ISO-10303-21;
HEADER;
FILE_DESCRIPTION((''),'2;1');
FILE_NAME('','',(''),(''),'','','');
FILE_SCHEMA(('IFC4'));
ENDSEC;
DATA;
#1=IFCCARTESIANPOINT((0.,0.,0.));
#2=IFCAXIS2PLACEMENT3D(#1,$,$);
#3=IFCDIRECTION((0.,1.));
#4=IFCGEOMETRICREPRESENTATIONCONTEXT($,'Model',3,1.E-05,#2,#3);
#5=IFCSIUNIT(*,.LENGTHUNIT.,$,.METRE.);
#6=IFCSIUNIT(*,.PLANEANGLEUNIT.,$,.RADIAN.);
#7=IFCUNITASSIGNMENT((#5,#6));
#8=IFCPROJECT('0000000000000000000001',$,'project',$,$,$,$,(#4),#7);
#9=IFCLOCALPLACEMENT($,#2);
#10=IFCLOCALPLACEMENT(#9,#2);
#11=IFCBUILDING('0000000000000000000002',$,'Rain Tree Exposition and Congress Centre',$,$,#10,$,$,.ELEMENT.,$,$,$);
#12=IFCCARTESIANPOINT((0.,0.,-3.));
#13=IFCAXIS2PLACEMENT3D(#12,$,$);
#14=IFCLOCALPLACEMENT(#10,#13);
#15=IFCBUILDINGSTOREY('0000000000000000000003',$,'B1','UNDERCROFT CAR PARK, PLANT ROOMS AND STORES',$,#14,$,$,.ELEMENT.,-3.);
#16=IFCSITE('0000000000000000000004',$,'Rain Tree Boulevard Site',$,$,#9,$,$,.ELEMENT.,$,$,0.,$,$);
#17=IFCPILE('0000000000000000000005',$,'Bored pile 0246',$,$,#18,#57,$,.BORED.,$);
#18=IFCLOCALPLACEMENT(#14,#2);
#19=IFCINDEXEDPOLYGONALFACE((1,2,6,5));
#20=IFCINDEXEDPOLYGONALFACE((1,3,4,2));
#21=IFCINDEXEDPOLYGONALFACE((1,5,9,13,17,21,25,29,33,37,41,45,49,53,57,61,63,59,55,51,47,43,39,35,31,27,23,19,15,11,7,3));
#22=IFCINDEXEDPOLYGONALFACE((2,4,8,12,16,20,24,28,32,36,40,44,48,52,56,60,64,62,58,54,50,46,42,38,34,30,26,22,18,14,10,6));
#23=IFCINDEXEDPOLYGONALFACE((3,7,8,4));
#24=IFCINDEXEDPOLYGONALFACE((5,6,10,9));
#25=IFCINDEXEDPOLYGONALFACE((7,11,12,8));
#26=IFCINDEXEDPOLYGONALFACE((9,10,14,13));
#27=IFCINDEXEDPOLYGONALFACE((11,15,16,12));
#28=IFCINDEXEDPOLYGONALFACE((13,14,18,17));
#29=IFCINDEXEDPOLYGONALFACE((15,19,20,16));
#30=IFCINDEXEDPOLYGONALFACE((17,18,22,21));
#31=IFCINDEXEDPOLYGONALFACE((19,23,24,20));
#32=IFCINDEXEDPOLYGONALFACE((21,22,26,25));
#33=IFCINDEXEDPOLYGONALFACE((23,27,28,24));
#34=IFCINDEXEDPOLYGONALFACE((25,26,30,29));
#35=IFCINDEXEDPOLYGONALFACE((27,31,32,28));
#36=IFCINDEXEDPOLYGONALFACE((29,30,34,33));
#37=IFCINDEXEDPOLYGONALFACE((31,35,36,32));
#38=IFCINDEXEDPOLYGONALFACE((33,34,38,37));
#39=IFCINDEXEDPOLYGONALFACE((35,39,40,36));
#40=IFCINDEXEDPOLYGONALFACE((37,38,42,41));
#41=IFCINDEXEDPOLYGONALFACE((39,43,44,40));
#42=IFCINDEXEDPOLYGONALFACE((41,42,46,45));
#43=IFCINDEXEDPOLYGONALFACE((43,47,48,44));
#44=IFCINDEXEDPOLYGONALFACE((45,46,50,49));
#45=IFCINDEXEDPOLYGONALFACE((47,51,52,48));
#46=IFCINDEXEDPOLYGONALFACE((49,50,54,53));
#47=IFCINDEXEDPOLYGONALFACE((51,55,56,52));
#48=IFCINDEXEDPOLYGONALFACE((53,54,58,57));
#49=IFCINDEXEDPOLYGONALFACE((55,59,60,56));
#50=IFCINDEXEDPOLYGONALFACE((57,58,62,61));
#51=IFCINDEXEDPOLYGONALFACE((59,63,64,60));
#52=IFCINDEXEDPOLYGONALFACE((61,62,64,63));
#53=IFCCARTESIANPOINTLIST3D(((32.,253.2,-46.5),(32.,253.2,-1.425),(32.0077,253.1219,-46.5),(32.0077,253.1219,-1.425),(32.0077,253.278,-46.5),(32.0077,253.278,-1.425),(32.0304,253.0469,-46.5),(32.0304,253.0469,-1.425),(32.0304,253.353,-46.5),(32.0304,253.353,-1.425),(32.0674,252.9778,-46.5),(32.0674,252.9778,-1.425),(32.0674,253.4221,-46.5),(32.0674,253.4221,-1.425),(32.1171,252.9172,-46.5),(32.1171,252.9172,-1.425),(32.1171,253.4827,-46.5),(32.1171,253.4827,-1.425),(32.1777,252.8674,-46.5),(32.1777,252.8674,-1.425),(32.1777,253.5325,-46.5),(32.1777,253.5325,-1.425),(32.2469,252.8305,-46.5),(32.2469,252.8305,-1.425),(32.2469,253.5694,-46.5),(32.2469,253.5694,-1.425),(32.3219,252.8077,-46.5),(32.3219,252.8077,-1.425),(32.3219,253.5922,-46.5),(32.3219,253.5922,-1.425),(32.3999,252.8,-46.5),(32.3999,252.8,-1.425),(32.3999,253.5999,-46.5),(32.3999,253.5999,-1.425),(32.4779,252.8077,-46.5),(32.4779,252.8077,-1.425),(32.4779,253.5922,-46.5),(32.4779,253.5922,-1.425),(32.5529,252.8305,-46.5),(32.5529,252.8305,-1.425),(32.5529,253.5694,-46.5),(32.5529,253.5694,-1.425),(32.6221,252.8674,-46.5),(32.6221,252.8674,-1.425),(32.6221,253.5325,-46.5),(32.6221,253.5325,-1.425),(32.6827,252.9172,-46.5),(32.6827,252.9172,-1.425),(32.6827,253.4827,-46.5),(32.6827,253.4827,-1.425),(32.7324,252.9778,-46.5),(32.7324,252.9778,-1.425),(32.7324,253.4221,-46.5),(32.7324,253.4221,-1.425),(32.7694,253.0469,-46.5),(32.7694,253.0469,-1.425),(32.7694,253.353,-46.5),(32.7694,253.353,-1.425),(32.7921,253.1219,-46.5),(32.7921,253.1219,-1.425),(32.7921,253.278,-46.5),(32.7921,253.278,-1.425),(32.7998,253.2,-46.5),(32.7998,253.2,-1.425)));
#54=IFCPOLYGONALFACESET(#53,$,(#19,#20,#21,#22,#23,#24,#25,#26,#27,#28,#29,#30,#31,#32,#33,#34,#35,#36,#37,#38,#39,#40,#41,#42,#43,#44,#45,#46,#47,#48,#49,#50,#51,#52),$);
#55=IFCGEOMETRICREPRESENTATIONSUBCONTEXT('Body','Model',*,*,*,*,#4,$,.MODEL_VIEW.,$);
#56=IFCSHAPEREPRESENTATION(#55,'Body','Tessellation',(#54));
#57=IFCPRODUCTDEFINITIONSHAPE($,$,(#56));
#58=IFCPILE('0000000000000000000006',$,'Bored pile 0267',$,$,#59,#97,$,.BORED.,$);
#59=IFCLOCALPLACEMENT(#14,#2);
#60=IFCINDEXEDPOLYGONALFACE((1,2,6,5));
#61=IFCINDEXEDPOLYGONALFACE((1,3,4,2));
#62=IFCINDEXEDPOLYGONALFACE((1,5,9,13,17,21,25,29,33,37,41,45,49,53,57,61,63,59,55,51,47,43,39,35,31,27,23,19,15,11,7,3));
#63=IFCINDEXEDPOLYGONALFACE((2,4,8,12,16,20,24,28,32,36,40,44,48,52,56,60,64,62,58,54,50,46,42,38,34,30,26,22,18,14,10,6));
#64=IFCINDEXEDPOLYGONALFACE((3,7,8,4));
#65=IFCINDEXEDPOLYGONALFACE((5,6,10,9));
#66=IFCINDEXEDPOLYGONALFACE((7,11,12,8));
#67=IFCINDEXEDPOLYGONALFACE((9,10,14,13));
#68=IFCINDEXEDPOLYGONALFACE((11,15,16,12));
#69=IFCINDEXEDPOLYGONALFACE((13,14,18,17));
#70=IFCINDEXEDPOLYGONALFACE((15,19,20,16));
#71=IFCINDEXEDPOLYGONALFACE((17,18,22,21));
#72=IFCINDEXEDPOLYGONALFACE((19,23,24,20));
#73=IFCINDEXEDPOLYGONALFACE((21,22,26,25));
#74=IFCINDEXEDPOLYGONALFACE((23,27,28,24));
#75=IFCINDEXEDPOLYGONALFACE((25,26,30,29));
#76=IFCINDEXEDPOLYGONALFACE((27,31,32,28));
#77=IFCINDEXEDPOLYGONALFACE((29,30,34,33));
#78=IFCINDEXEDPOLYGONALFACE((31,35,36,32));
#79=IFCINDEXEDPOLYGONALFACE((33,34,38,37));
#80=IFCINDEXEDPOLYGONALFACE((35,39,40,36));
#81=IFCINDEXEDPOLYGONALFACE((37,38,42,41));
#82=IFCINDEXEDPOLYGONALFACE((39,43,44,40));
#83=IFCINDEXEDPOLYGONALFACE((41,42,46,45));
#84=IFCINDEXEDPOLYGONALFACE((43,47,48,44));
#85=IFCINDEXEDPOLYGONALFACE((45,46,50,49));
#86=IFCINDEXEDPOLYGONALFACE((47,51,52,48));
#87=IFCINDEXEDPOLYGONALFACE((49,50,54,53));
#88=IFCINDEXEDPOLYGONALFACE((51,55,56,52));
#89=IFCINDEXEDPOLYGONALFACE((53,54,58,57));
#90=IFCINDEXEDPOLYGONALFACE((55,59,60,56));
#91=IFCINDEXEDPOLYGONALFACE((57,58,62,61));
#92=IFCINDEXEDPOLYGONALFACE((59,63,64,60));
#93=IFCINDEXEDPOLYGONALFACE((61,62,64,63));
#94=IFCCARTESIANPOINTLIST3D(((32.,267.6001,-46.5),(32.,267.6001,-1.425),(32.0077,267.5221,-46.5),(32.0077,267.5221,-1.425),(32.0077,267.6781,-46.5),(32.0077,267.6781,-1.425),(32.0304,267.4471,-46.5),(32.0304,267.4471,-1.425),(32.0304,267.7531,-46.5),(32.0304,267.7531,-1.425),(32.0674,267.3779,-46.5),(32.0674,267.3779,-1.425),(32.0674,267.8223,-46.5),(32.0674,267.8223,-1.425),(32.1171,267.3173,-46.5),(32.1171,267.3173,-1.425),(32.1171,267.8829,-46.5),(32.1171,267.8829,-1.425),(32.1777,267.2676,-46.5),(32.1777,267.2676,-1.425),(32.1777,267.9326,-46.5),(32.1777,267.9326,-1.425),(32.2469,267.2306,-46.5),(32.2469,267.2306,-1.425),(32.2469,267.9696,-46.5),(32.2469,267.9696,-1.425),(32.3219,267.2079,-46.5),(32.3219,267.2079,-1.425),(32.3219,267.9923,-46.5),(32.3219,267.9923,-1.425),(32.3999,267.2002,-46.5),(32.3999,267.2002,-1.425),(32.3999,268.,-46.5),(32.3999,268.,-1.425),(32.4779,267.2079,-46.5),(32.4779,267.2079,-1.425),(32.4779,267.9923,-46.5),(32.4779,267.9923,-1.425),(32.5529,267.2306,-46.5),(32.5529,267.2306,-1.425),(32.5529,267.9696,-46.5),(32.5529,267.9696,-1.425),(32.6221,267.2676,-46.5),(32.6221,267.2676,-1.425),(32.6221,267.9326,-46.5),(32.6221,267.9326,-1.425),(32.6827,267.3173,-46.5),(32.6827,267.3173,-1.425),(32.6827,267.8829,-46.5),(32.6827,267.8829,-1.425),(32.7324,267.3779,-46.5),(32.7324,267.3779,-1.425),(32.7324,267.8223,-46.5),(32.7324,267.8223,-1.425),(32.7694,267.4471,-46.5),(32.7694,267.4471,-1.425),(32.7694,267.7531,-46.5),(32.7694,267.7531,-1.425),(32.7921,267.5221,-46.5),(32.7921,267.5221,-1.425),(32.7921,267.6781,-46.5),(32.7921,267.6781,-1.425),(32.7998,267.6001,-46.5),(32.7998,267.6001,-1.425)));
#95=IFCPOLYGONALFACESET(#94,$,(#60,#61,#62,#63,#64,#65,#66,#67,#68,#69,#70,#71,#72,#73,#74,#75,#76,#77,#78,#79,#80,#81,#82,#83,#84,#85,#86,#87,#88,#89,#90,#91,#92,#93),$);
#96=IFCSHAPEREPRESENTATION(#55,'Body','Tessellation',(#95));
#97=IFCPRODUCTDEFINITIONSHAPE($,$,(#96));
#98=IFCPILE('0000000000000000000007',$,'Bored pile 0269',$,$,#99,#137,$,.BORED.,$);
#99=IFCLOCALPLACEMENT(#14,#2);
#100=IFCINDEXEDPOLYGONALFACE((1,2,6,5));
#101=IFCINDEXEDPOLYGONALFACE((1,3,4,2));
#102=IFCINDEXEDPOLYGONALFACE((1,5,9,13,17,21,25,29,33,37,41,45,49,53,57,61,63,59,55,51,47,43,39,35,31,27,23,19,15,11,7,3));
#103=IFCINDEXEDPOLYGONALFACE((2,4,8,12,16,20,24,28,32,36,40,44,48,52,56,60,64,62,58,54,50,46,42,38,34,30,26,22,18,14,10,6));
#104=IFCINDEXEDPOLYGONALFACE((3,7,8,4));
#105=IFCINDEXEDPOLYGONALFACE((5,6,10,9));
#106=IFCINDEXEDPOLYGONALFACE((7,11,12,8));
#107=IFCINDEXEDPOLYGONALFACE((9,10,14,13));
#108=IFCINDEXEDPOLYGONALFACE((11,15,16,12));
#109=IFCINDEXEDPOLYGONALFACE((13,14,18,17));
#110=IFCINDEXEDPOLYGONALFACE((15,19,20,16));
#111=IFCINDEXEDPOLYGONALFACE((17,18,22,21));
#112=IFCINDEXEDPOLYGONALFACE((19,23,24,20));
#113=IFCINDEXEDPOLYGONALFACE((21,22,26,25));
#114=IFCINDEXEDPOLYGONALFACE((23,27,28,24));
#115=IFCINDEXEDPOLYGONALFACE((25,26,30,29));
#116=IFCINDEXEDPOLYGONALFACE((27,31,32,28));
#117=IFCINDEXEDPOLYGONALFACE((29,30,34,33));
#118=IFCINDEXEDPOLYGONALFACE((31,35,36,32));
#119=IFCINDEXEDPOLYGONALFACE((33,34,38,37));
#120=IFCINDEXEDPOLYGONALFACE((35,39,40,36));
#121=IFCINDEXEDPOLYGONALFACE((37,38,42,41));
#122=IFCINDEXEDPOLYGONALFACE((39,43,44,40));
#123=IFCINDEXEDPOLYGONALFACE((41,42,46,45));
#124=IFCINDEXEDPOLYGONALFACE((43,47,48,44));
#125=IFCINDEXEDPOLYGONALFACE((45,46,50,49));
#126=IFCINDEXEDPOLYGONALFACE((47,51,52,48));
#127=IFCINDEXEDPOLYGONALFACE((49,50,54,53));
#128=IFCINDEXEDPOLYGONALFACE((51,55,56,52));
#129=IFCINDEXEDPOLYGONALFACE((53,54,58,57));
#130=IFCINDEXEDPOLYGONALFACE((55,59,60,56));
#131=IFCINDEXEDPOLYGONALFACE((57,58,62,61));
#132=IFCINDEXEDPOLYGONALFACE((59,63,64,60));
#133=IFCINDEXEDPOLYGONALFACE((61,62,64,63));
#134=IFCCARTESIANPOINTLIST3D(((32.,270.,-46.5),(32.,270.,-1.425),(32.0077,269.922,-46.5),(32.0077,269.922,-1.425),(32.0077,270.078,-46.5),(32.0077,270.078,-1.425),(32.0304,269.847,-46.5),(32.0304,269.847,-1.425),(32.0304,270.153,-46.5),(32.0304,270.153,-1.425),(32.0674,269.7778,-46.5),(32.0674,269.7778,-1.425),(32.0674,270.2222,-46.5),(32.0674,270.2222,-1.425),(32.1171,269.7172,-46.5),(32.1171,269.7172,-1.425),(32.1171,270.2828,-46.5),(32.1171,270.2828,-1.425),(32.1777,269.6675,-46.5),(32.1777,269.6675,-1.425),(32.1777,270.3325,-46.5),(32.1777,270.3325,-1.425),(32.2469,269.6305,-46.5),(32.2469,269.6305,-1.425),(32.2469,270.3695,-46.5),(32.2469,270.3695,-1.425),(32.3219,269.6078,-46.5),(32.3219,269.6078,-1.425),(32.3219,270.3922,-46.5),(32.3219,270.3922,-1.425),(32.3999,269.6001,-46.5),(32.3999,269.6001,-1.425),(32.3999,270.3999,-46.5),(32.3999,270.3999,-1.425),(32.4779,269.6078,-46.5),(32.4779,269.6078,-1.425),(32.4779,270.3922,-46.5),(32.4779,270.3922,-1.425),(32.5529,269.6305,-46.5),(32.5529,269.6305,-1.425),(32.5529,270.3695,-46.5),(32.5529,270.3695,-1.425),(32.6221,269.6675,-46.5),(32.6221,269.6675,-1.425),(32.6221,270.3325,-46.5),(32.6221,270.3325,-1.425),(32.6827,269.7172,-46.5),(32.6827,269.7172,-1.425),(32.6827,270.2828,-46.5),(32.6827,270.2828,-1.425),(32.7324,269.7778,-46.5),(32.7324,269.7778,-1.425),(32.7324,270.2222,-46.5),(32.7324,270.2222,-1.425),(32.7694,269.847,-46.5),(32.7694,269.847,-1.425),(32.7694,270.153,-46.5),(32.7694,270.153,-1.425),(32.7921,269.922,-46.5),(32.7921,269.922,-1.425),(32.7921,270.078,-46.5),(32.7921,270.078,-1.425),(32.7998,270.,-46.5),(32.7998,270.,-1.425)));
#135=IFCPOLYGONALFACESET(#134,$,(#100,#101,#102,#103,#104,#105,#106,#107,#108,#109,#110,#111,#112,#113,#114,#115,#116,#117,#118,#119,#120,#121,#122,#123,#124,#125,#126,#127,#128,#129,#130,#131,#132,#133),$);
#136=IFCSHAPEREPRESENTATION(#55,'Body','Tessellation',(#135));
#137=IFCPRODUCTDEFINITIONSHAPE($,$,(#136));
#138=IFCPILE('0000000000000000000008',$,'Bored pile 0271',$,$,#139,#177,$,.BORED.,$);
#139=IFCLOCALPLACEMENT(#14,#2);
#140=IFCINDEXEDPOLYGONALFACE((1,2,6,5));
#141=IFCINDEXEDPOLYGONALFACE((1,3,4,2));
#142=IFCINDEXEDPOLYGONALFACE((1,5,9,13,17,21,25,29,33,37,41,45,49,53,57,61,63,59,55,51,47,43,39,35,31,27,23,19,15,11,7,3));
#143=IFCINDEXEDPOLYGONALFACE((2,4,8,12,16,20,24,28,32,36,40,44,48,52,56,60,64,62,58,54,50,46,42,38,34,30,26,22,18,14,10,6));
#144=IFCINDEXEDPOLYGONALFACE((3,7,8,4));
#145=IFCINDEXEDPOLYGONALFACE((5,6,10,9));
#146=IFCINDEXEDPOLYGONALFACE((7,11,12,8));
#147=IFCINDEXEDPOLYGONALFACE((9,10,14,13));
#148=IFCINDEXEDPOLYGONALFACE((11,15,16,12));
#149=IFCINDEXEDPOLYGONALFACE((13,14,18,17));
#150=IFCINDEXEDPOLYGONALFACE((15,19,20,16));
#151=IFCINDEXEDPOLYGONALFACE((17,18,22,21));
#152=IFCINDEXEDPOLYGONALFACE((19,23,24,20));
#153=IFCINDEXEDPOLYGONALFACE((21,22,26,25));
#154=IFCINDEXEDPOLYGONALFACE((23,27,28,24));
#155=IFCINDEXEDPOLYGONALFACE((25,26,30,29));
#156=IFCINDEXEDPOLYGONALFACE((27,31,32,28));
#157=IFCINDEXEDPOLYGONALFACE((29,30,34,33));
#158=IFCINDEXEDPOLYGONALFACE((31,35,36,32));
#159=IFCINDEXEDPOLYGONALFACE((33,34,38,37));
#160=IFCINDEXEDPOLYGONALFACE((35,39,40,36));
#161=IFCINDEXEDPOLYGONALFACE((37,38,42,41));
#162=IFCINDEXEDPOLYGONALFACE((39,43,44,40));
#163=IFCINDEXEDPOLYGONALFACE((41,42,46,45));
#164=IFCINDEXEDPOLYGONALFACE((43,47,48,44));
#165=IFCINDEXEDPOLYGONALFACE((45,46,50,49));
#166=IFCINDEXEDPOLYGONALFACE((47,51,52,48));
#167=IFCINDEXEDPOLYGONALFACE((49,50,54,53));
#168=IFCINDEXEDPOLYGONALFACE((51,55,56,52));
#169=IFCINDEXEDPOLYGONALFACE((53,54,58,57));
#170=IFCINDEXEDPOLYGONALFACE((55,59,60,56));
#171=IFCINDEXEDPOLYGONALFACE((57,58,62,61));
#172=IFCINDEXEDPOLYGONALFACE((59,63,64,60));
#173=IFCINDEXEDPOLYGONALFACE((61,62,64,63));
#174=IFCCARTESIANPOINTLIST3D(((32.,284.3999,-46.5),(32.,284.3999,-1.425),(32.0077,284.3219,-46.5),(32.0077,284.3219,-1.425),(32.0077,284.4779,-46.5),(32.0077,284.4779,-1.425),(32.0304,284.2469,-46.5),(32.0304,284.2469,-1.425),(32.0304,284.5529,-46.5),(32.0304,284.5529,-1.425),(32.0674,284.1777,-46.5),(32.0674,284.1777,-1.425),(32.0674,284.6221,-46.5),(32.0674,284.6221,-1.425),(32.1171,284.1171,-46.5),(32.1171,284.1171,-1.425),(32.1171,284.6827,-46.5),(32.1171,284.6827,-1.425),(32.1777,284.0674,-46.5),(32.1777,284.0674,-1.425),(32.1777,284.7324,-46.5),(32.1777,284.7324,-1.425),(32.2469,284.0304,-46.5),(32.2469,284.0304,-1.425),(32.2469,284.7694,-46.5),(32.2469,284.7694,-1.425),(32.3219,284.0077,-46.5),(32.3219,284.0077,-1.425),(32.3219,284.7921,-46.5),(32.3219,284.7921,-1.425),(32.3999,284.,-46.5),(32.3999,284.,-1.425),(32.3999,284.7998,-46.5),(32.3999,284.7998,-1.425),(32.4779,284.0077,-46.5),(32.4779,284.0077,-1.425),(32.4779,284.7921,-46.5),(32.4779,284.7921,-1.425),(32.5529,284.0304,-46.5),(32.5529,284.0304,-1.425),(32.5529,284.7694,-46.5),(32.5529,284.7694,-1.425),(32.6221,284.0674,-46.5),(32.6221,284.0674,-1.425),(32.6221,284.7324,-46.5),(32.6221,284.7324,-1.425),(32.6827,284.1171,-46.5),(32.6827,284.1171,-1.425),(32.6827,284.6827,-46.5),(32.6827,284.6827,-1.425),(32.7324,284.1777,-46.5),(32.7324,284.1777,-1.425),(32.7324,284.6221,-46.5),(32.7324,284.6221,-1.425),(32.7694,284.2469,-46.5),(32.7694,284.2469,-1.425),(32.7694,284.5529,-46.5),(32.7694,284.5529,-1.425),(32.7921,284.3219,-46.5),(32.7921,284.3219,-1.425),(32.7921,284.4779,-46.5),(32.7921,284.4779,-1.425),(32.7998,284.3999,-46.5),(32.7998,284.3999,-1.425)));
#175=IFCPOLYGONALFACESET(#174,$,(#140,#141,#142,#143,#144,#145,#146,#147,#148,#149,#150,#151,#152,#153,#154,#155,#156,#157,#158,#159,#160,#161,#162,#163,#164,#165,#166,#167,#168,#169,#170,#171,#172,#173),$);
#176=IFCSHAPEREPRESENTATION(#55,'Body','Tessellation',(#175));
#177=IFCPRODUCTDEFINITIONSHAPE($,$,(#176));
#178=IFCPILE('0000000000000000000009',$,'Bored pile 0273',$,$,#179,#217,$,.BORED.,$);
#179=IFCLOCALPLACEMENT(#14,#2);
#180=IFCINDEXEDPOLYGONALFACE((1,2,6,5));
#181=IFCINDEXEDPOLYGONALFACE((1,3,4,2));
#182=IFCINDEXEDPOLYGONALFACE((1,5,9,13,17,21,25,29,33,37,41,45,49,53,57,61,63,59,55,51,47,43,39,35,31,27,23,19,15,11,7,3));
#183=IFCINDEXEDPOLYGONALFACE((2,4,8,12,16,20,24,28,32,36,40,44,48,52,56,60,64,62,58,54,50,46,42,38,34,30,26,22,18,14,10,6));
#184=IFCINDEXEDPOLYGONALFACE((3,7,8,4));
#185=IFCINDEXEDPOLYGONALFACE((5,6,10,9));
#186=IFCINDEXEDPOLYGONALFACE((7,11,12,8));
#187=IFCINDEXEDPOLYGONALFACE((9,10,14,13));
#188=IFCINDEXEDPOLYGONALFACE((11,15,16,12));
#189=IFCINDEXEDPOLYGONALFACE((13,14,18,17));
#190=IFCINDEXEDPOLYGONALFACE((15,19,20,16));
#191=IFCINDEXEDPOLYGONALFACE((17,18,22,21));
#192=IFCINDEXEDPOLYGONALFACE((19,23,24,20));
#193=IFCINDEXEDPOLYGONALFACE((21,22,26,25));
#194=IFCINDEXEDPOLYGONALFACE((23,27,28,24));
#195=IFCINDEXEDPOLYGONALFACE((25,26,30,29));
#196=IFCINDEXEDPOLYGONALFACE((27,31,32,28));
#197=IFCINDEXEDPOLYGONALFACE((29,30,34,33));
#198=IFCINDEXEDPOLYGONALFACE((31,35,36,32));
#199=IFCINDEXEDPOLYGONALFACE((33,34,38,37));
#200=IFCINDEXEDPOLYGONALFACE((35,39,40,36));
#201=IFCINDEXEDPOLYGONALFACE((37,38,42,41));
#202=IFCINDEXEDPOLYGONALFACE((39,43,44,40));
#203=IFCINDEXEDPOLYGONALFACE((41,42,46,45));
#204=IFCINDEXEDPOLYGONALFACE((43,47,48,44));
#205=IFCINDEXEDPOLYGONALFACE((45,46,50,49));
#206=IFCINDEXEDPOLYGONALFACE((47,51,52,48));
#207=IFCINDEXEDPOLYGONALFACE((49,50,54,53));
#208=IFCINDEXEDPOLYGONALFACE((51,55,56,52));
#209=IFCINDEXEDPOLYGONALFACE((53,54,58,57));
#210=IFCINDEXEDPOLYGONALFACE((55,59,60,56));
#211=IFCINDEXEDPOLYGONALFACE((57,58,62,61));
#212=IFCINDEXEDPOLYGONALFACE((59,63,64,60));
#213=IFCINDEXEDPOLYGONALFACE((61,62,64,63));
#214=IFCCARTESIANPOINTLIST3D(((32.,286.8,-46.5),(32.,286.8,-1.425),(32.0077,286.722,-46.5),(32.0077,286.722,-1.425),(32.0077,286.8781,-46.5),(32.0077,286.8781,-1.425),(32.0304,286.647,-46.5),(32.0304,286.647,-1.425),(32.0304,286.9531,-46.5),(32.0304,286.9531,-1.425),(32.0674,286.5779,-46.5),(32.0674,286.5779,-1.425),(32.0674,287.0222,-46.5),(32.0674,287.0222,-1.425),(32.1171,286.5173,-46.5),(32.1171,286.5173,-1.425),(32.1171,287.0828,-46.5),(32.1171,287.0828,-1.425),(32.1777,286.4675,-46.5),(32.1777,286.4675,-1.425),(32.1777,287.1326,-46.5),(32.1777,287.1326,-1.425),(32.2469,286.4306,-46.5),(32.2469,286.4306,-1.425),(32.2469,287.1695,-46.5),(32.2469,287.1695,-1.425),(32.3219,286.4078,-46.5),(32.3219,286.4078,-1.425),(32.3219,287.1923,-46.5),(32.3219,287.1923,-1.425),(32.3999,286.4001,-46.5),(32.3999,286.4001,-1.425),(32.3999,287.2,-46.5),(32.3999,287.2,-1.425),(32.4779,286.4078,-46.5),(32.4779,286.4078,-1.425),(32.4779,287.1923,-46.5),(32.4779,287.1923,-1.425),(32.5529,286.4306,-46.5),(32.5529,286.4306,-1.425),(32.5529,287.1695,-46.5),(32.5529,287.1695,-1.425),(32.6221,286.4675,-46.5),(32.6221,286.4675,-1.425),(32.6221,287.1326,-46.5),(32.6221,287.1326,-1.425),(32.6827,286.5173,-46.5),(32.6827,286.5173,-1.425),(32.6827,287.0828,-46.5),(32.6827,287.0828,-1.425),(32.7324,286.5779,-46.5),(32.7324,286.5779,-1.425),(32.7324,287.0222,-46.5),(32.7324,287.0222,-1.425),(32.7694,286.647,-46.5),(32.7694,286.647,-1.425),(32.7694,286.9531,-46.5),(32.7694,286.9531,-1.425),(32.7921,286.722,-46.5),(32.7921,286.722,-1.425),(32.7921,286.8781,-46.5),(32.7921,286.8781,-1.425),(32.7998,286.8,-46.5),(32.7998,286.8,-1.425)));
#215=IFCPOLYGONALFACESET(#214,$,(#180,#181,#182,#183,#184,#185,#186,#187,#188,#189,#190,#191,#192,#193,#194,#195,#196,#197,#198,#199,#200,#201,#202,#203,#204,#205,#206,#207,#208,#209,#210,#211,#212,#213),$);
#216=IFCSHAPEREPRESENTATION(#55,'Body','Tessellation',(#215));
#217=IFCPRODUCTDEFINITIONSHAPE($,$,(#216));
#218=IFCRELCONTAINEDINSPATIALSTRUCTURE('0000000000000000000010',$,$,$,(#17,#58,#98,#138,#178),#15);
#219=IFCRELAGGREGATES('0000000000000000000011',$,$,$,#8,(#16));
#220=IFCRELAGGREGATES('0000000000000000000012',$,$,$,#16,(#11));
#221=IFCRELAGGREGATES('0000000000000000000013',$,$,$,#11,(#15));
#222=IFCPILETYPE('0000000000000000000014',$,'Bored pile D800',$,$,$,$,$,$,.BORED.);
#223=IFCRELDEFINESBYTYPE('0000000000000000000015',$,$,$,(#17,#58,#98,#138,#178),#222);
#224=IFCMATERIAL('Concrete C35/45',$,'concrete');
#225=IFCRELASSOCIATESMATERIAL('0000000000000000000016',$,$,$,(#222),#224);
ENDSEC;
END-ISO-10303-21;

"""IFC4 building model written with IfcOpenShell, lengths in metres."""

from ifc_helpers import new_model, si_unit, direction, frame, origin, origin_2d, place, context, subcontext, project, spatial, circle, extrude, material, material_profile, profile_set, type_object, element, save


model = new_model("IFC4")

# Units and contexts
model_context = context("Model", 3, precision=1e-05, world=origin(), true_north=direction((0.0, 1.0)))
body_context = subcontext(model_context, "Body", "Model", "MODEL_VIEW")
ifc_project = project(units=[si_unit("LENGTHUNIT", "METRE"), si_unit("PLANEANGLEUNIT", "RADIAN")], contexts=[model_context])

# Site, building, storey
site_placement = place(None, origin())
site = spatial("IfcSite", under=ifc_project, at=site_placement, Name="Rain Tree Boulevard Site", CompositionType="ELEMENT", RefElevation=0.0)
building_placement = place(site_placement, origin())
building = spatial("IfcBuilding", under=site, at=building_placement, Name="Rain Tree Exposition and Congress Centre", CompositionType="ELEMENT")
storey_placement = place(building_placement, frame((0.0, 0.0, -3.0)))
storey = spatial("IfcBuildingStorey", under=building, at=storey_placement, Name="B1", Description="UNDERCROFT CAR PARK, PLANT ROOMS AND STORES", CompositionType="ELEMENT", Elevation=-3.0)

# Piles
ifc_material_1 = material(Name="Concrete C35/45", Category="concrete")
ifc_material_profile_1 = material_profile(ifc_material_1, circle(Radius=0.3999, at=origin_2d()), Name="D800")
ifc_profile_set_1 = profile_set([ifc_material_profile_1], Name="Concrete C35/45")
pile_type_1 = type_object("IfcPileType", Name="Bored pile D800", PredefinedType="BORED", material=ifc_profile_set_1)
for number, where, z_axis, x_axis, name in (
    (1, (32.3999, 253.2, -1.425), (0.0, 0.0, -1.0), (1.0, 0.0, 0.0), "Bored pile 0246"),
    (2, (32.3999, 267.6001, -1.425), (0.0, 0.0, -1.0), (1.0, 0.0, 0.0), "Bored pile 0267"),
    (3, (32.3999, 270.0, -1.425), (0.0, 0.0, -1.0), (1.0, 0.0, 0.0), "Bored pile 0269"),
    (4, (32.3999, 284.3999, -1.425), (0.0, 0.0, -1.0), (1.0, 0.0, 0.0), "Bored pile 0271"),
    (5, (32.3999, 286.8, -1.425), (0.0, 0.0, -1.0), (1.0, 0.0, 0.0), "Bored pile 0273"),
):
    element("IfcPile", number, at=place(storey_placement, frame(where, z_axis=z_axis, x_axis=x_axis)), inside=storey, type_object=pile_type_1, Name=name, PredefinedType="BORED", context=body_context, shape_type="SweptSolid", body=[
        extrude(circle(Radius=0.3999, at=origin_2d()), origin(), (0.0, 0.0, 1.0), 45.075),
    ])

save(model, "model.ifc")
